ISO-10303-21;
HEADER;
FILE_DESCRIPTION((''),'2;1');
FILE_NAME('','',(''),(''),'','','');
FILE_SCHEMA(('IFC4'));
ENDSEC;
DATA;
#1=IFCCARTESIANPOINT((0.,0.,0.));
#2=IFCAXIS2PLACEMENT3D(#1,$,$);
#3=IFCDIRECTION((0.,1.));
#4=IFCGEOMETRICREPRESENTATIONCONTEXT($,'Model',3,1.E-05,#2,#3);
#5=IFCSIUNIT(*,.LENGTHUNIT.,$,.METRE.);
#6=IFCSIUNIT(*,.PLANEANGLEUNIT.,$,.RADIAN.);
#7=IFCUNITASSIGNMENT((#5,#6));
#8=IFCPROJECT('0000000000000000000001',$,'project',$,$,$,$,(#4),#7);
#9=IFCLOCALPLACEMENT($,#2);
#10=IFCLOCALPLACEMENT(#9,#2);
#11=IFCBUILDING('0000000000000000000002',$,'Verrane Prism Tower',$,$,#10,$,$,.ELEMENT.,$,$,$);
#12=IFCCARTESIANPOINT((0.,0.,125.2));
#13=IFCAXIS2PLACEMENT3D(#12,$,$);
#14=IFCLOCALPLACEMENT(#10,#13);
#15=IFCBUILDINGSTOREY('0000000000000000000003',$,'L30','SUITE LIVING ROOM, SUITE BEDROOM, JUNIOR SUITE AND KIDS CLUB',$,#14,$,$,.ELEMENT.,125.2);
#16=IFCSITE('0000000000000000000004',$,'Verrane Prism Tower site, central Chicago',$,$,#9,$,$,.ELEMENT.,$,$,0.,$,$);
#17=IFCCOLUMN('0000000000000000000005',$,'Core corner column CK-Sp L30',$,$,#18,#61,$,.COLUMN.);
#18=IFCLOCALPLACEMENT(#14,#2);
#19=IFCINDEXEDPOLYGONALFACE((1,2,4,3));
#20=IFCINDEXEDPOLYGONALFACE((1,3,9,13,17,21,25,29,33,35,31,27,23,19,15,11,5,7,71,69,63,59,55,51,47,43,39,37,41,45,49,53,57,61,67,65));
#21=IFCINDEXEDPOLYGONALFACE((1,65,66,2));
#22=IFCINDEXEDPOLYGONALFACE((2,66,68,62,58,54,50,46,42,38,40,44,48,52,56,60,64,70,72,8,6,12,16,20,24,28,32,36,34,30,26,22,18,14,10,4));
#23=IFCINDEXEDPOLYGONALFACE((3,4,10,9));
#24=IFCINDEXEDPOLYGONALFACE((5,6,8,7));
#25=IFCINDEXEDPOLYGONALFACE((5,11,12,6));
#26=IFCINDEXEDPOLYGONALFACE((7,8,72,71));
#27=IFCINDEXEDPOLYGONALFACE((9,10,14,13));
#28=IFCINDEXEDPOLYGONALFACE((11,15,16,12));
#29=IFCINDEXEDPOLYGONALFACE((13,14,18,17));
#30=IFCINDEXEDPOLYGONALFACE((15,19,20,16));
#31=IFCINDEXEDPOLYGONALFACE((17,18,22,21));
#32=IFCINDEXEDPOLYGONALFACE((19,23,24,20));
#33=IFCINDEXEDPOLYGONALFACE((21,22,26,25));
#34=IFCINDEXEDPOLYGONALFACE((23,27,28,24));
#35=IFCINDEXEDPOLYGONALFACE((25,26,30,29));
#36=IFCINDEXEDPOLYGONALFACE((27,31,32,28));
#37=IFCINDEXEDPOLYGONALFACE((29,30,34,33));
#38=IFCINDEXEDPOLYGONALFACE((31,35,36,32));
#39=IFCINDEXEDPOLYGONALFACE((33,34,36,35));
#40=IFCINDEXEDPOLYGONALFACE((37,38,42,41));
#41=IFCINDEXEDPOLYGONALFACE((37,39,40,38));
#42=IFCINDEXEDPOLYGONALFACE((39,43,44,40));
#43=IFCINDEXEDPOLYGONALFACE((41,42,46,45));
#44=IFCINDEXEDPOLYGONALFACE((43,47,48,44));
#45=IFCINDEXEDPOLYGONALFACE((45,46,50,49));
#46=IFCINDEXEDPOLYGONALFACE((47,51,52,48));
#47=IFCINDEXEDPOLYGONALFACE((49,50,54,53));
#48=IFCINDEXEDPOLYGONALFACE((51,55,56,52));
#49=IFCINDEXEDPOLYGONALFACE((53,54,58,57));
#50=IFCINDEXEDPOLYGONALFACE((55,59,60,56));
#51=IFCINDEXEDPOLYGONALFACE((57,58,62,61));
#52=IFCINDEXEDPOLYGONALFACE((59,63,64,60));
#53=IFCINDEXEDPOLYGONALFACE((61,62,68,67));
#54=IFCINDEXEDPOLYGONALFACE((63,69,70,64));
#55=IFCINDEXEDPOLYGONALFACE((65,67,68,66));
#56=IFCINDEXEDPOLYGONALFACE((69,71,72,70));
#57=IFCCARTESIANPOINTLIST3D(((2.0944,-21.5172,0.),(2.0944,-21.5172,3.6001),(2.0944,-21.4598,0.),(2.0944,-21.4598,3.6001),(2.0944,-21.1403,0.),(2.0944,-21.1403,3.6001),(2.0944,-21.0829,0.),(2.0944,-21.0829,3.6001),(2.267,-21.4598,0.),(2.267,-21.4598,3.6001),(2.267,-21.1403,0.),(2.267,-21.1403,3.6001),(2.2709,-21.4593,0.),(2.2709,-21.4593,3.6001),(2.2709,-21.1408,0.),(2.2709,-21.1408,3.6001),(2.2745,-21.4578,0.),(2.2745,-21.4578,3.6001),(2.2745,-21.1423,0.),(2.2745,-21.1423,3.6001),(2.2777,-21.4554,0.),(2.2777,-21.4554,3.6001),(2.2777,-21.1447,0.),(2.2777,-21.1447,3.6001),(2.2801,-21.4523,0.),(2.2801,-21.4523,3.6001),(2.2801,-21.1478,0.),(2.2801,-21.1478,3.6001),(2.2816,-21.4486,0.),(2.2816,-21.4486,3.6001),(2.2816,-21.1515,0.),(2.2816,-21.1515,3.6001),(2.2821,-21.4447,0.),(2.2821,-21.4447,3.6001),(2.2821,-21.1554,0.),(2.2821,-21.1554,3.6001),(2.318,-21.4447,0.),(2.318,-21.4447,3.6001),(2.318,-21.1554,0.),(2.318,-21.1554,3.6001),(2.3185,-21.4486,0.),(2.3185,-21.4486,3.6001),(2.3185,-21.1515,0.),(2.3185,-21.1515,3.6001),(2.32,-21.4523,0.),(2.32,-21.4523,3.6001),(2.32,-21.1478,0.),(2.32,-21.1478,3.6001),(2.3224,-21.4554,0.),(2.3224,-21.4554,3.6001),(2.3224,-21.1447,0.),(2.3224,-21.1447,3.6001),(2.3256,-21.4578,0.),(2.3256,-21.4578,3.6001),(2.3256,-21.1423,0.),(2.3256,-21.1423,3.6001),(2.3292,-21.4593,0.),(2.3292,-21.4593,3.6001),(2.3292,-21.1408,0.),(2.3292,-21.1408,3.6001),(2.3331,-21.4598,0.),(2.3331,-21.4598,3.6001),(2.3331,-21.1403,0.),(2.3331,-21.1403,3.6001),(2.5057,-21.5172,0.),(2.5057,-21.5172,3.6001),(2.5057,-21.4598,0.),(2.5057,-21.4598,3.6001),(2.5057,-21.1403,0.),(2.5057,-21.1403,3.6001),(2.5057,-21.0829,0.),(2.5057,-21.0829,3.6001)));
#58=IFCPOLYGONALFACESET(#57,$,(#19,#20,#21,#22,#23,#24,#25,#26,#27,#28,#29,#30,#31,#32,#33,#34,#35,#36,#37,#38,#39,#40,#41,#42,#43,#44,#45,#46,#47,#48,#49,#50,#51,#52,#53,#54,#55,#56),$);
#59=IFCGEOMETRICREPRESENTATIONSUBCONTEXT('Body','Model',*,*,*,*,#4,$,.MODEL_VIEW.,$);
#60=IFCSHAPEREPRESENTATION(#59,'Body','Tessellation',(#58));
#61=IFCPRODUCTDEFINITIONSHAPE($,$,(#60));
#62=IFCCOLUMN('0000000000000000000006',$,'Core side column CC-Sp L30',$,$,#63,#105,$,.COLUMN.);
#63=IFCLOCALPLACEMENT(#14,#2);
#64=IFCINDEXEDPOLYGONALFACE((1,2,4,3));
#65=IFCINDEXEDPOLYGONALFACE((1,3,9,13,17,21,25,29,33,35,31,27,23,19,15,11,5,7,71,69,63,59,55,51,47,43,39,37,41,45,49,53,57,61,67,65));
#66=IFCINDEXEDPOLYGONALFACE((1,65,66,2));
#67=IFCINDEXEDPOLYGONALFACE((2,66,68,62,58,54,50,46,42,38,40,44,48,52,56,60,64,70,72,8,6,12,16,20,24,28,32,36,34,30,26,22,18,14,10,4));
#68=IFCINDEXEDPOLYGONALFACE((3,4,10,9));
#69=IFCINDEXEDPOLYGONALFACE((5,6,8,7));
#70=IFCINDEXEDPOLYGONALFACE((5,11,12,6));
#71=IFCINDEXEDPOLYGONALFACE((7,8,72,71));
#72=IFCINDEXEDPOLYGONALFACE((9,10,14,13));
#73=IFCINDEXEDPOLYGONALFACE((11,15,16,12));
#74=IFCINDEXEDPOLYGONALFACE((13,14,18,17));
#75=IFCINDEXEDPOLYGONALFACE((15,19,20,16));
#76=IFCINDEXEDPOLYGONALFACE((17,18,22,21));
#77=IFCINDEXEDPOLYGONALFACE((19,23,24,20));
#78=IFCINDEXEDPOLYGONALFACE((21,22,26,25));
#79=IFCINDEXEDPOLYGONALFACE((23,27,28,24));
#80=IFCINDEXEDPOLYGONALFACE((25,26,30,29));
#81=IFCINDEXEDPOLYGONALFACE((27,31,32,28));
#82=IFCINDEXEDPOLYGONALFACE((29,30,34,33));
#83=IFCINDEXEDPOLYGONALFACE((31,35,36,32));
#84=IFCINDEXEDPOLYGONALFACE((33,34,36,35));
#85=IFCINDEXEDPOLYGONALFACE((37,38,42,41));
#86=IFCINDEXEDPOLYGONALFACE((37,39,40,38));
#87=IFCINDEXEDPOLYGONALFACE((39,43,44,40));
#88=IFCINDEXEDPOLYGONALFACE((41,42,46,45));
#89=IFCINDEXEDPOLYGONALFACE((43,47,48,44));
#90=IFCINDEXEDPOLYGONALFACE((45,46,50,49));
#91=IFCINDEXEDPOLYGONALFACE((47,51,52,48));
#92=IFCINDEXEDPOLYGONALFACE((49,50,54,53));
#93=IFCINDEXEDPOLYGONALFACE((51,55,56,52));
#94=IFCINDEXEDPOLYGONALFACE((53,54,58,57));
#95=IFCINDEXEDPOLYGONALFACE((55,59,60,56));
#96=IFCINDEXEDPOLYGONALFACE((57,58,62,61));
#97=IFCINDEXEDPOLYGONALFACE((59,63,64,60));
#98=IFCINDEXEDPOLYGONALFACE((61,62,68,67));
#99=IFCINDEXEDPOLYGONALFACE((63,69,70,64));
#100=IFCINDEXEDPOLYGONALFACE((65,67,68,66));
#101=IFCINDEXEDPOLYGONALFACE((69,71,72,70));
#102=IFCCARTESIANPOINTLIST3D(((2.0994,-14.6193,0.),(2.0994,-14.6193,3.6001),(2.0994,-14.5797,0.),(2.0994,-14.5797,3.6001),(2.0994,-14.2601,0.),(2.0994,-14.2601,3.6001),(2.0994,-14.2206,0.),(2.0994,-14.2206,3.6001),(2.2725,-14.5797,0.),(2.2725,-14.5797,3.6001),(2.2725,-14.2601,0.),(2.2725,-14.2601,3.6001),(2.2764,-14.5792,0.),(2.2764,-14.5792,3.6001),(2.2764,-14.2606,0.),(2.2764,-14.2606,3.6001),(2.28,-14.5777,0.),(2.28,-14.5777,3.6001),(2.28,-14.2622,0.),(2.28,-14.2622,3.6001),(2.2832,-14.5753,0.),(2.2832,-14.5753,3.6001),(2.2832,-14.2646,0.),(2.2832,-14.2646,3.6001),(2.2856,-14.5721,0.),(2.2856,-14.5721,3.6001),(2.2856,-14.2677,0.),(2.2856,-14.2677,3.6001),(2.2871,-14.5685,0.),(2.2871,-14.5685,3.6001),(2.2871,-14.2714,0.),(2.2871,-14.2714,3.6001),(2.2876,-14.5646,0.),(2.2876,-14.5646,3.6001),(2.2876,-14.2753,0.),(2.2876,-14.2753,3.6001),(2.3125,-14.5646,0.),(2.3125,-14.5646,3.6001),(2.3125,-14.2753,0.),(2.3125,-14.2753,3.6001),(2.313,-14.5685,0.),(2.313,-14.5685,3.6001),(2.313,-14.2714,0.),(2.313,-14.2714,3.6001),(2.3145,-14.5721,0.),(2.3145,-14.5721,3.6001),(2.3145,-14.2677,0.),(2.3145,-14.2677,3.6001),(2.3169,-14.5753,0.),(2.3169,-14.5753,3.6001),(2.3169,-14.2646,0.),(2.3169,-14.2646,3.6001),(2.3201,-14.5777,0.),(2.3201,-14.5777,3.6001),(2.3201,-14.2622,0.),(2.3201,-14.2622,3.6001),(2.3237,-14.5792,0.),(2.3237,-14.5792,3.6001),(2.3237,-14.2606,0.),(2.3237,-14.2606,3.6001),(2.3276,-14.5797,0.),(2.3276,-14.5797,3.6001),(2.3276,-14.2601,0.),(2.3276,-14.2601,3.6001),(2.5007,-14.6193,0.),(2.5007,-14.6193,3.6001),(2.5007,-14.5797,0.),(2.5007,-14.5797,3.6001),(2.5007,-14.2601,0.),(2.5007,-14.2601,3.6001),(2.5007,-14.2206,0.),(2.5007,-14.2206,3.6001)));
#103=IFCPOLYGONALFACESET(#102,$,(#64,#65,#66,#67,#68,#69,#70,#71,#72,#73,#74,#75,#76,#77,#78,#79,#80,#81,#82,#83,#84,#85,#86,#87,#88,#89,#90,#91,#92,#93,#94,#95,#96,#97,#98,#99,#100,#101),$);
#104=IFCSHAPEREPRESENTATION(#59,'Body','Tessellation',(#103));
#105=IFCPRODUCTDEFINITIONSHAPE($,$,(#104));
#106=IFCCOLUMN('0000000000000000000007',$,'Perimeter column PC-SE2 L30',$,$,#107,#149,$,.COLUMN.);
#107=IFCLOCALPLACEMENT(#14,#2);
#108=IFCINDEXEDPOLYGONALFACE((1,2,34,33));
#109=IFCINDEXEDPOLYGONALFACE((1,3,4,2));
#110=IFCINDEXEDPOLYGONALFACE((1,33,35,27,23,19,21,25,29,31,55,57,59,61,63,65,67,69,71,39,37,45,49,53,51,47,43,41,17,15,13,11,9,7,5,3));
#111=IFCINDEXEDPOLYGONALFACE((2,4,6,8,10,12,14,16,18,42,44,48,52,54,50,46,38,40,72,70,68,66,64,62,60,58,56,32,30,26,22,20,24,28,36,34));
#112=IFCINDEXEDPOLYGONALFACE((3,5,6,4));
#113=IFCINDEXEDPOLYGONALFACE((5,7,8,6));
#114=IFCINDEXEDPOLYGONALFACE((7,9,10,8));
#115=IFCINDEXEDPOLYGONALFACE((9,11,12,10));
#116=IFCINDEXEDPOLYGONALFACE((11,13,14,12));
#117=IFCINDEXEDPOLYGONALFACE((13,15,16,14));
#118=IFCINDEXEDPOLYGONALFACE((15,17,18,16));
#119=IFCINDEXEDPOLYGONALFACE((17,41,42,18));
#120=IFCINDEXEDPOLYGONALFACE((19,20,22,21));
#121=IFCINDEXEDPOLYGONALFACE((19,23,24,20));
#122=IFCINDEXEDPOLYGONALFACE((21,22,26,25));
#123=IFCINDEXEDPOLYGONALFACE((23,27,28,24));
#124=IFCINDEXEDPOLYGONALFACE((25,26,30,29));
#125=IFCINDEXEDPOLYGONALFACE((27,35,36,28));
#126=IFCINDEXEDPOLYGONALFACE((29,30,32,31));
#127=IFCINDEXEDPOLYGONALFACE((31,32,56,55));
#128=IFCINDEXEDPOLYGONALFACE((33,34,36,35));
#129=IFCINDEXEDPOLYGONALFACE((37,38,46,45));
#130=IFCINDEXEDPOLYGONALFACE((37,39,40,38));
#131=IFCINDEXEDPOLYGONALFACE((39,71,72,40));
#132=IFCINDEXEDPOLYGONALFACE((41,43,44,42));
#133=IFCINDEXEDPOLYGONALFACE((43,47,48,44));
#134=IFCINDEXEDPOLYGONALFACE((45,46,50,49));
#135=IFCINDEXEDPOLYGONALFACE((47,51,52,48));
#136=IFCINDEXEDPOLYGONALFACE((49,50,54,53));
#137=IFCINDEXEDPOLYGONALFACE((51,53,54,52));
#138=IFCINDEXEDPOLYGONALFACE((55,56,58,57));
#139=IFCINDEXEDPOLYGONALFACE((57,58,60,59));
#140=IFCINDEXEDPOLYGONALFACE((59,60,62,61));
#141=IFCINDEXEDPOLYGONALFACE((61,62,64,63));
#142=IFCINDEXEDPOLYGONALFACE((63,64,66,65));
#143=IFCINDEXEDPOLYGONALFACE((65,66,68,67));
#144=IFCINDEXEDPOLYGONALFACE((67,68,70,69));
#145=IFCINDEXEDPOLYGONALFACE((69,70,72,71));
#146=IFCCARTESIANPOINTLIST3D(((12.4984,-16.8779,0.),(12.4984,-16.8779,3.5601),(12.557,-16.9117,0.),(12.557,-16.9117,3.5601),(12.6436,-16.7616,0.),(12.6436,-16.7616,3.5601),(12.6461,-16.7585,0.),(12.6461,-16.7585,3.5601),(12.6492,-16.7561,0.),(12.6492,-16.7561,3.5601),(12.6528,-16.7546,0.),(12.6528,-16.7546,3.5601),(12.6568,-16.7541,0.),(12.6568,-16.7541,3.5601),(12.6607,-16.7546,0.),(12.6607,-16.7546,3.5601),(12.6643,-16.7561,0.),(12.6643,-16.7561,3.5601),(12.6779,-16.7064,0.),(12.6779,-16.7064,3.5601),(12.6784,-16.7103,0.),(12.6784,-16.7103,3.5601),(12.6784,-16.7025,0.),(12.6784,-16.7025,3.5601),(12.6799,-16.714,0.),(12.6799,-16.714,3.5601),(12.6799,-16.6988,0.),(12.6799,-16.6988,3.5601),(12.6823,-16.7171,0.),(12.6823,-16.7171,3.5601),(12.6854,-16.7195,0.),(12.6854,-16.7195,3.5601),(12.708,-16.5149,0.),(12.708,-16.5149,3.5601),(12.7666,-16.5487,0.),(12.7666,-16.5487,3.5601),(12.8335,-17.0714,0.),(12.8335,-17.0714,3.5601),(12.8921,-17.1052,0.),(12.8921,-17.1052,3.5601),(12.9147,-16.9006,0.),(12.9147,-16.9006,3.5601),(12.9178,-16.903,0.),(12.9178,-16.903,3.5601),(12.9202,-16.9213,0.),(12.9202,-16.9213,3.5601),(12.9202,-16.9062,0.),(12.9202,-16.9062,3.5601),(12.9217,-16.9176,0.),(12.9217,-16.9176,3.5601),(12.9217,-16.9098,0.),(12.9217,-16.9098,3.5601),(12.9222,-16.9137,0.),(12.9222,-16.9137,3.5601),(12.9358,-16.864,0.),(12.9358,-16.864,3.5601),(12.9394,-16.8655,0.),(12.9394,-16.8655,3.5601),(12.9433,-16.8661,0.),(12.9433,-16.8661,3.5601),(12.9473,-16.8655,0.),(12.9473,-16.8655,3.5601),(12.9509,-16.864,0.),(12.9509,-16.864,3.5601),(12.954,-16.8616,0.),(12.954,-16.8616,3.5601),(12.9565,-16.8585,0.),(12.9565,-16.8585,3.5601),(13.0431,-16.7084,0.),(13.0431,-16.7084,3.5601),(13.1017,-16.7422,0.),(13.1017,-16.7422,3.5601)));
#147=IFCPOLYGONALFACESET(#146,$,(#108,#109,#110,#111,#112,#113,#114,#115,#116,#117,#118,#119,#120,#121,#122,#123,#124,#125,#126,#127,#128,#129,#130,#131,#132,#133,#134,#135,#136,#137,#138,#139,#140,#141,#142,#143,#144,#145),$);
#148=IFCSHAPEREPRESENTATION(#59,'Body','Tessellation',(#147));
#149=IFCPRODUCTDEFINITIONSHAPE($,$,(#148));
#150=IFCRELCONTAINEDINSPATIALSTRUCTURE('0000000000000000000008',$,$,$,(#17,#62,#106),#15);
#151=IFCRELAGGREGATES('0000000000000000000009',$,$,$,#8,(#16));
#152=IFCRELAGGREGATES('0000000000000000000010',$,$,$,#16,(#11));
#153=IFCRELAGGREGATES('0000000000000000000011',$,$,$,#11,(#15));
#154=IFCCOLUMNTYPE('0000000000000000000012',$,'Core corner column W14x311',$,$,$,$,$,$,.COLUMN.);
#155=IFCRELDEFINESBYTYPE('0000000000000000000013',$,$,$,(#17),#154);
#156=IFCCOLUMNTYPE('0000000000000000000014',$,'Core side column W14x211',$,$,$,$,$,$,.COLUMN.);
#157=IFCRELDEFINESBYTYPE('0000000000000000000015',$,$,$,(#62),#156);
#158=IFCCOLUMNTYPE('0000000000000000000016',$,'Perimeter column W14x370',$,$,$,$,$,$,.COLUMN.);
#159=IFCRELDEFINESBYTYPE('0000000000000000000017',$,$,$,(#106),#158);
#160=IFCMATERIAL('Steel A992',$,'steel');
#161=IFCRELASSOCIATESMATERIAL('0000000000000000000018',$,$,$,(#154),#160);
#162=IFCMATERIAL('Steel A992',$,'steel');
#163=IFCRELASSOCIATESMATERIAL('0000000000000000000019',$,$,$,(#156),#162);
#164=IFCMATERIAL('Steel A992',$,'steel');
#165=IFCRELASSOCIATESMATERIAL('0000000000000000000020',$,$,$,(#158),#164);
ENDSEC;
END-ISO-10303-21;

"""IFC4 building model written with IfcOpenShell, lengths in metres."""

from ifc_helpers import new_model, si_unit, direction, frame, origin, origin_2d, place, context, subcontext, project, spatial, i_section, extrude, material, material_profile, profile_set, type_object, element, save


model = new_model("IFC4")

# Units and contexts
model_context = context("Model", 3, precision=1e-05, world=origin(), true_north=direction((0.0, 1.0)))
body_context = subcontext(model_context, "Body", "Model", "MODEL_VIEW")
ifc_project = project(units=[si_unit("LENGTHUNIT", "METRE"), si_unit("PLANEANGLEUNIT", "RADIAN")], contexts=[model_context])

# Site, building, storey
site_placement = place(None, origin())
site = spatial("IfcSite", under=ifc_project, at=site_placement, Name="Verrane Prism Tower site, central Chicago", CompositionType="ELEMENT", RefElevation=0.0)
building_placement = place(site_placement, origin())
building = spatial("IfcBuilding", under=site, at=building_placement, Name="Verrane Prism Tower", CompositionType="ELEMENT")
storey_placement = place(building_placement, frame((0.0, 0.0, 125.2)))
storey = spatial("IfcBuildingStorey", under=building, at=storey_placement, Name="L30", Description="SUITE LIVING ROOM, SUITE BEDROOM, JUNIOR SUITE AND KIDS CLUB", CompositionType="ELEMENT", Elevation=125.2)

# Columns
ifc_material_1 = material(Name="Steel A992", Category="steel")
ifc_material_profile_1 = material_profile(ifc_material_1, i_section(OverallWidth=0.4114, OverallDepth=0.4343, WebThickness=0.0359, FlangeThickness=0.0574, FilletRadius=0.0151, at=origin_2d()), Name="W14x311")
ifc_profile_set_1 = profile_set([ifc_material_profile_1], Name="Steel A992")
column_type_1 = type_object("IfcColumnType", Name="Core corner column W14x311", PredefinedType="COLUMN", material=ifc_profile_set_1)
column_1_placement = place(storey_placement, frame((2.3, -21.3, 0.0), z_axis=(0.0, 0.0, 1.0), x_axis=(-1.0, 0.0, 0.0)))
element("IfcColumn", 1, at=column_1_placement, inside=storey, type_object=column_type_1, Name="Core corner column CK-Sp L30", PredefinedType="COLUMN", context=body_context, shape_type="SweptSolid", body=[
    extrude(i_section(OverallWidth=0.4114, OverallDepth=0.4343, WebThickness=0.0359, FlangeThickness=0.0574, FilletRadius=0.0151, at=origin_2d()), origin(), (0.0, 0.0, 1.0), 3.6001),
])
ifc_material_2 = material(Name="Steel A992", Category="steel")
ifc_material_profile_2 = material_profile(ifc_material_2, i_section(OverallWidth=0.4014, OverallDepth=0.3987, WebThickness=0.0249, FlangeThickness=0.0396, FilletRadius=0.0151, at=origin_2d()), Name="W14x211")
ifc_profile_set_2 = profile_set([ifc_material_profile_2], Name="Steel A992")
column_type_2 = type_object("IfcColumnType", Name="Core side column W14x211", PredefinedType="COLUMN", material=ifc_profile_set_2)
column_2_placement = place(storey_placement, frame((2.3, -14.4199, 0.0), z_axis=(0.0, 0.0, 1.0), x_axis=(1.0, 0.0, 0.0)))
element("IfcColumn", 2, at=column_2_placement, inside=storey, type_object=column_type_2, Name="Core side column CC-Sp L30", PredefinedType="COLUMN", context=body_context, shape_type="SweptSolid", body=[
    extrude(i_section(OverallWidth=0.4014, OverallDepth=0.3987, WebThickness=0.0249, FlangeThickness=0.0396, FilletRadius=0.0151, at=origin_2d()), origin(), (0.0, 0.0, 1.0), 3.6001),
])
ifc_material_3 = material(Name="Steel A992", Category="steel")
ifc_material_profile_3 = material_profile(ifc_material_3, i_section(OverallWidth=0.4192, OverallDepth=0.4546, WebThickness=0.0422, FlangeThickness=0.0676, FilletRadius=0.0151, at=origin_2d()), Name="W14x370")
ifc_profile_set_3 = profile_set([ifc_material_profile_3], Name="Steel A992")
column_type_3 = type_object("IfcColumnType", Name="Perimeter column W14x370", PredefinedType="COLUMN", material=ifc_profile_set_3)
column_3_placement = place(storey_placement, frame((12.8, -16.8101, 0.0), z_axis=(0.0, 0.0, 1.0), x_axis=(-0.5, -0.866025, 0.0)))
element("IfcColumn", 3, at=column_3_placement, inside=storey, type_object=column_type_3, Name="Perimeter column PC-SE2 L30", PredefinedType="COLUMN", context=body_context, shape_type="SweptSolid", body=[
    extrude(i_section(OverallWidth=0.4192, OverallDepth=0.4546, WebThickness=0.0422, FlangeThickness=0.0676, FilletRadius=0.0151, at=origin_2d()), origin(), (0.0, 0.0, 1.0), 3.5601),
])

save(model, "model.ifc")
